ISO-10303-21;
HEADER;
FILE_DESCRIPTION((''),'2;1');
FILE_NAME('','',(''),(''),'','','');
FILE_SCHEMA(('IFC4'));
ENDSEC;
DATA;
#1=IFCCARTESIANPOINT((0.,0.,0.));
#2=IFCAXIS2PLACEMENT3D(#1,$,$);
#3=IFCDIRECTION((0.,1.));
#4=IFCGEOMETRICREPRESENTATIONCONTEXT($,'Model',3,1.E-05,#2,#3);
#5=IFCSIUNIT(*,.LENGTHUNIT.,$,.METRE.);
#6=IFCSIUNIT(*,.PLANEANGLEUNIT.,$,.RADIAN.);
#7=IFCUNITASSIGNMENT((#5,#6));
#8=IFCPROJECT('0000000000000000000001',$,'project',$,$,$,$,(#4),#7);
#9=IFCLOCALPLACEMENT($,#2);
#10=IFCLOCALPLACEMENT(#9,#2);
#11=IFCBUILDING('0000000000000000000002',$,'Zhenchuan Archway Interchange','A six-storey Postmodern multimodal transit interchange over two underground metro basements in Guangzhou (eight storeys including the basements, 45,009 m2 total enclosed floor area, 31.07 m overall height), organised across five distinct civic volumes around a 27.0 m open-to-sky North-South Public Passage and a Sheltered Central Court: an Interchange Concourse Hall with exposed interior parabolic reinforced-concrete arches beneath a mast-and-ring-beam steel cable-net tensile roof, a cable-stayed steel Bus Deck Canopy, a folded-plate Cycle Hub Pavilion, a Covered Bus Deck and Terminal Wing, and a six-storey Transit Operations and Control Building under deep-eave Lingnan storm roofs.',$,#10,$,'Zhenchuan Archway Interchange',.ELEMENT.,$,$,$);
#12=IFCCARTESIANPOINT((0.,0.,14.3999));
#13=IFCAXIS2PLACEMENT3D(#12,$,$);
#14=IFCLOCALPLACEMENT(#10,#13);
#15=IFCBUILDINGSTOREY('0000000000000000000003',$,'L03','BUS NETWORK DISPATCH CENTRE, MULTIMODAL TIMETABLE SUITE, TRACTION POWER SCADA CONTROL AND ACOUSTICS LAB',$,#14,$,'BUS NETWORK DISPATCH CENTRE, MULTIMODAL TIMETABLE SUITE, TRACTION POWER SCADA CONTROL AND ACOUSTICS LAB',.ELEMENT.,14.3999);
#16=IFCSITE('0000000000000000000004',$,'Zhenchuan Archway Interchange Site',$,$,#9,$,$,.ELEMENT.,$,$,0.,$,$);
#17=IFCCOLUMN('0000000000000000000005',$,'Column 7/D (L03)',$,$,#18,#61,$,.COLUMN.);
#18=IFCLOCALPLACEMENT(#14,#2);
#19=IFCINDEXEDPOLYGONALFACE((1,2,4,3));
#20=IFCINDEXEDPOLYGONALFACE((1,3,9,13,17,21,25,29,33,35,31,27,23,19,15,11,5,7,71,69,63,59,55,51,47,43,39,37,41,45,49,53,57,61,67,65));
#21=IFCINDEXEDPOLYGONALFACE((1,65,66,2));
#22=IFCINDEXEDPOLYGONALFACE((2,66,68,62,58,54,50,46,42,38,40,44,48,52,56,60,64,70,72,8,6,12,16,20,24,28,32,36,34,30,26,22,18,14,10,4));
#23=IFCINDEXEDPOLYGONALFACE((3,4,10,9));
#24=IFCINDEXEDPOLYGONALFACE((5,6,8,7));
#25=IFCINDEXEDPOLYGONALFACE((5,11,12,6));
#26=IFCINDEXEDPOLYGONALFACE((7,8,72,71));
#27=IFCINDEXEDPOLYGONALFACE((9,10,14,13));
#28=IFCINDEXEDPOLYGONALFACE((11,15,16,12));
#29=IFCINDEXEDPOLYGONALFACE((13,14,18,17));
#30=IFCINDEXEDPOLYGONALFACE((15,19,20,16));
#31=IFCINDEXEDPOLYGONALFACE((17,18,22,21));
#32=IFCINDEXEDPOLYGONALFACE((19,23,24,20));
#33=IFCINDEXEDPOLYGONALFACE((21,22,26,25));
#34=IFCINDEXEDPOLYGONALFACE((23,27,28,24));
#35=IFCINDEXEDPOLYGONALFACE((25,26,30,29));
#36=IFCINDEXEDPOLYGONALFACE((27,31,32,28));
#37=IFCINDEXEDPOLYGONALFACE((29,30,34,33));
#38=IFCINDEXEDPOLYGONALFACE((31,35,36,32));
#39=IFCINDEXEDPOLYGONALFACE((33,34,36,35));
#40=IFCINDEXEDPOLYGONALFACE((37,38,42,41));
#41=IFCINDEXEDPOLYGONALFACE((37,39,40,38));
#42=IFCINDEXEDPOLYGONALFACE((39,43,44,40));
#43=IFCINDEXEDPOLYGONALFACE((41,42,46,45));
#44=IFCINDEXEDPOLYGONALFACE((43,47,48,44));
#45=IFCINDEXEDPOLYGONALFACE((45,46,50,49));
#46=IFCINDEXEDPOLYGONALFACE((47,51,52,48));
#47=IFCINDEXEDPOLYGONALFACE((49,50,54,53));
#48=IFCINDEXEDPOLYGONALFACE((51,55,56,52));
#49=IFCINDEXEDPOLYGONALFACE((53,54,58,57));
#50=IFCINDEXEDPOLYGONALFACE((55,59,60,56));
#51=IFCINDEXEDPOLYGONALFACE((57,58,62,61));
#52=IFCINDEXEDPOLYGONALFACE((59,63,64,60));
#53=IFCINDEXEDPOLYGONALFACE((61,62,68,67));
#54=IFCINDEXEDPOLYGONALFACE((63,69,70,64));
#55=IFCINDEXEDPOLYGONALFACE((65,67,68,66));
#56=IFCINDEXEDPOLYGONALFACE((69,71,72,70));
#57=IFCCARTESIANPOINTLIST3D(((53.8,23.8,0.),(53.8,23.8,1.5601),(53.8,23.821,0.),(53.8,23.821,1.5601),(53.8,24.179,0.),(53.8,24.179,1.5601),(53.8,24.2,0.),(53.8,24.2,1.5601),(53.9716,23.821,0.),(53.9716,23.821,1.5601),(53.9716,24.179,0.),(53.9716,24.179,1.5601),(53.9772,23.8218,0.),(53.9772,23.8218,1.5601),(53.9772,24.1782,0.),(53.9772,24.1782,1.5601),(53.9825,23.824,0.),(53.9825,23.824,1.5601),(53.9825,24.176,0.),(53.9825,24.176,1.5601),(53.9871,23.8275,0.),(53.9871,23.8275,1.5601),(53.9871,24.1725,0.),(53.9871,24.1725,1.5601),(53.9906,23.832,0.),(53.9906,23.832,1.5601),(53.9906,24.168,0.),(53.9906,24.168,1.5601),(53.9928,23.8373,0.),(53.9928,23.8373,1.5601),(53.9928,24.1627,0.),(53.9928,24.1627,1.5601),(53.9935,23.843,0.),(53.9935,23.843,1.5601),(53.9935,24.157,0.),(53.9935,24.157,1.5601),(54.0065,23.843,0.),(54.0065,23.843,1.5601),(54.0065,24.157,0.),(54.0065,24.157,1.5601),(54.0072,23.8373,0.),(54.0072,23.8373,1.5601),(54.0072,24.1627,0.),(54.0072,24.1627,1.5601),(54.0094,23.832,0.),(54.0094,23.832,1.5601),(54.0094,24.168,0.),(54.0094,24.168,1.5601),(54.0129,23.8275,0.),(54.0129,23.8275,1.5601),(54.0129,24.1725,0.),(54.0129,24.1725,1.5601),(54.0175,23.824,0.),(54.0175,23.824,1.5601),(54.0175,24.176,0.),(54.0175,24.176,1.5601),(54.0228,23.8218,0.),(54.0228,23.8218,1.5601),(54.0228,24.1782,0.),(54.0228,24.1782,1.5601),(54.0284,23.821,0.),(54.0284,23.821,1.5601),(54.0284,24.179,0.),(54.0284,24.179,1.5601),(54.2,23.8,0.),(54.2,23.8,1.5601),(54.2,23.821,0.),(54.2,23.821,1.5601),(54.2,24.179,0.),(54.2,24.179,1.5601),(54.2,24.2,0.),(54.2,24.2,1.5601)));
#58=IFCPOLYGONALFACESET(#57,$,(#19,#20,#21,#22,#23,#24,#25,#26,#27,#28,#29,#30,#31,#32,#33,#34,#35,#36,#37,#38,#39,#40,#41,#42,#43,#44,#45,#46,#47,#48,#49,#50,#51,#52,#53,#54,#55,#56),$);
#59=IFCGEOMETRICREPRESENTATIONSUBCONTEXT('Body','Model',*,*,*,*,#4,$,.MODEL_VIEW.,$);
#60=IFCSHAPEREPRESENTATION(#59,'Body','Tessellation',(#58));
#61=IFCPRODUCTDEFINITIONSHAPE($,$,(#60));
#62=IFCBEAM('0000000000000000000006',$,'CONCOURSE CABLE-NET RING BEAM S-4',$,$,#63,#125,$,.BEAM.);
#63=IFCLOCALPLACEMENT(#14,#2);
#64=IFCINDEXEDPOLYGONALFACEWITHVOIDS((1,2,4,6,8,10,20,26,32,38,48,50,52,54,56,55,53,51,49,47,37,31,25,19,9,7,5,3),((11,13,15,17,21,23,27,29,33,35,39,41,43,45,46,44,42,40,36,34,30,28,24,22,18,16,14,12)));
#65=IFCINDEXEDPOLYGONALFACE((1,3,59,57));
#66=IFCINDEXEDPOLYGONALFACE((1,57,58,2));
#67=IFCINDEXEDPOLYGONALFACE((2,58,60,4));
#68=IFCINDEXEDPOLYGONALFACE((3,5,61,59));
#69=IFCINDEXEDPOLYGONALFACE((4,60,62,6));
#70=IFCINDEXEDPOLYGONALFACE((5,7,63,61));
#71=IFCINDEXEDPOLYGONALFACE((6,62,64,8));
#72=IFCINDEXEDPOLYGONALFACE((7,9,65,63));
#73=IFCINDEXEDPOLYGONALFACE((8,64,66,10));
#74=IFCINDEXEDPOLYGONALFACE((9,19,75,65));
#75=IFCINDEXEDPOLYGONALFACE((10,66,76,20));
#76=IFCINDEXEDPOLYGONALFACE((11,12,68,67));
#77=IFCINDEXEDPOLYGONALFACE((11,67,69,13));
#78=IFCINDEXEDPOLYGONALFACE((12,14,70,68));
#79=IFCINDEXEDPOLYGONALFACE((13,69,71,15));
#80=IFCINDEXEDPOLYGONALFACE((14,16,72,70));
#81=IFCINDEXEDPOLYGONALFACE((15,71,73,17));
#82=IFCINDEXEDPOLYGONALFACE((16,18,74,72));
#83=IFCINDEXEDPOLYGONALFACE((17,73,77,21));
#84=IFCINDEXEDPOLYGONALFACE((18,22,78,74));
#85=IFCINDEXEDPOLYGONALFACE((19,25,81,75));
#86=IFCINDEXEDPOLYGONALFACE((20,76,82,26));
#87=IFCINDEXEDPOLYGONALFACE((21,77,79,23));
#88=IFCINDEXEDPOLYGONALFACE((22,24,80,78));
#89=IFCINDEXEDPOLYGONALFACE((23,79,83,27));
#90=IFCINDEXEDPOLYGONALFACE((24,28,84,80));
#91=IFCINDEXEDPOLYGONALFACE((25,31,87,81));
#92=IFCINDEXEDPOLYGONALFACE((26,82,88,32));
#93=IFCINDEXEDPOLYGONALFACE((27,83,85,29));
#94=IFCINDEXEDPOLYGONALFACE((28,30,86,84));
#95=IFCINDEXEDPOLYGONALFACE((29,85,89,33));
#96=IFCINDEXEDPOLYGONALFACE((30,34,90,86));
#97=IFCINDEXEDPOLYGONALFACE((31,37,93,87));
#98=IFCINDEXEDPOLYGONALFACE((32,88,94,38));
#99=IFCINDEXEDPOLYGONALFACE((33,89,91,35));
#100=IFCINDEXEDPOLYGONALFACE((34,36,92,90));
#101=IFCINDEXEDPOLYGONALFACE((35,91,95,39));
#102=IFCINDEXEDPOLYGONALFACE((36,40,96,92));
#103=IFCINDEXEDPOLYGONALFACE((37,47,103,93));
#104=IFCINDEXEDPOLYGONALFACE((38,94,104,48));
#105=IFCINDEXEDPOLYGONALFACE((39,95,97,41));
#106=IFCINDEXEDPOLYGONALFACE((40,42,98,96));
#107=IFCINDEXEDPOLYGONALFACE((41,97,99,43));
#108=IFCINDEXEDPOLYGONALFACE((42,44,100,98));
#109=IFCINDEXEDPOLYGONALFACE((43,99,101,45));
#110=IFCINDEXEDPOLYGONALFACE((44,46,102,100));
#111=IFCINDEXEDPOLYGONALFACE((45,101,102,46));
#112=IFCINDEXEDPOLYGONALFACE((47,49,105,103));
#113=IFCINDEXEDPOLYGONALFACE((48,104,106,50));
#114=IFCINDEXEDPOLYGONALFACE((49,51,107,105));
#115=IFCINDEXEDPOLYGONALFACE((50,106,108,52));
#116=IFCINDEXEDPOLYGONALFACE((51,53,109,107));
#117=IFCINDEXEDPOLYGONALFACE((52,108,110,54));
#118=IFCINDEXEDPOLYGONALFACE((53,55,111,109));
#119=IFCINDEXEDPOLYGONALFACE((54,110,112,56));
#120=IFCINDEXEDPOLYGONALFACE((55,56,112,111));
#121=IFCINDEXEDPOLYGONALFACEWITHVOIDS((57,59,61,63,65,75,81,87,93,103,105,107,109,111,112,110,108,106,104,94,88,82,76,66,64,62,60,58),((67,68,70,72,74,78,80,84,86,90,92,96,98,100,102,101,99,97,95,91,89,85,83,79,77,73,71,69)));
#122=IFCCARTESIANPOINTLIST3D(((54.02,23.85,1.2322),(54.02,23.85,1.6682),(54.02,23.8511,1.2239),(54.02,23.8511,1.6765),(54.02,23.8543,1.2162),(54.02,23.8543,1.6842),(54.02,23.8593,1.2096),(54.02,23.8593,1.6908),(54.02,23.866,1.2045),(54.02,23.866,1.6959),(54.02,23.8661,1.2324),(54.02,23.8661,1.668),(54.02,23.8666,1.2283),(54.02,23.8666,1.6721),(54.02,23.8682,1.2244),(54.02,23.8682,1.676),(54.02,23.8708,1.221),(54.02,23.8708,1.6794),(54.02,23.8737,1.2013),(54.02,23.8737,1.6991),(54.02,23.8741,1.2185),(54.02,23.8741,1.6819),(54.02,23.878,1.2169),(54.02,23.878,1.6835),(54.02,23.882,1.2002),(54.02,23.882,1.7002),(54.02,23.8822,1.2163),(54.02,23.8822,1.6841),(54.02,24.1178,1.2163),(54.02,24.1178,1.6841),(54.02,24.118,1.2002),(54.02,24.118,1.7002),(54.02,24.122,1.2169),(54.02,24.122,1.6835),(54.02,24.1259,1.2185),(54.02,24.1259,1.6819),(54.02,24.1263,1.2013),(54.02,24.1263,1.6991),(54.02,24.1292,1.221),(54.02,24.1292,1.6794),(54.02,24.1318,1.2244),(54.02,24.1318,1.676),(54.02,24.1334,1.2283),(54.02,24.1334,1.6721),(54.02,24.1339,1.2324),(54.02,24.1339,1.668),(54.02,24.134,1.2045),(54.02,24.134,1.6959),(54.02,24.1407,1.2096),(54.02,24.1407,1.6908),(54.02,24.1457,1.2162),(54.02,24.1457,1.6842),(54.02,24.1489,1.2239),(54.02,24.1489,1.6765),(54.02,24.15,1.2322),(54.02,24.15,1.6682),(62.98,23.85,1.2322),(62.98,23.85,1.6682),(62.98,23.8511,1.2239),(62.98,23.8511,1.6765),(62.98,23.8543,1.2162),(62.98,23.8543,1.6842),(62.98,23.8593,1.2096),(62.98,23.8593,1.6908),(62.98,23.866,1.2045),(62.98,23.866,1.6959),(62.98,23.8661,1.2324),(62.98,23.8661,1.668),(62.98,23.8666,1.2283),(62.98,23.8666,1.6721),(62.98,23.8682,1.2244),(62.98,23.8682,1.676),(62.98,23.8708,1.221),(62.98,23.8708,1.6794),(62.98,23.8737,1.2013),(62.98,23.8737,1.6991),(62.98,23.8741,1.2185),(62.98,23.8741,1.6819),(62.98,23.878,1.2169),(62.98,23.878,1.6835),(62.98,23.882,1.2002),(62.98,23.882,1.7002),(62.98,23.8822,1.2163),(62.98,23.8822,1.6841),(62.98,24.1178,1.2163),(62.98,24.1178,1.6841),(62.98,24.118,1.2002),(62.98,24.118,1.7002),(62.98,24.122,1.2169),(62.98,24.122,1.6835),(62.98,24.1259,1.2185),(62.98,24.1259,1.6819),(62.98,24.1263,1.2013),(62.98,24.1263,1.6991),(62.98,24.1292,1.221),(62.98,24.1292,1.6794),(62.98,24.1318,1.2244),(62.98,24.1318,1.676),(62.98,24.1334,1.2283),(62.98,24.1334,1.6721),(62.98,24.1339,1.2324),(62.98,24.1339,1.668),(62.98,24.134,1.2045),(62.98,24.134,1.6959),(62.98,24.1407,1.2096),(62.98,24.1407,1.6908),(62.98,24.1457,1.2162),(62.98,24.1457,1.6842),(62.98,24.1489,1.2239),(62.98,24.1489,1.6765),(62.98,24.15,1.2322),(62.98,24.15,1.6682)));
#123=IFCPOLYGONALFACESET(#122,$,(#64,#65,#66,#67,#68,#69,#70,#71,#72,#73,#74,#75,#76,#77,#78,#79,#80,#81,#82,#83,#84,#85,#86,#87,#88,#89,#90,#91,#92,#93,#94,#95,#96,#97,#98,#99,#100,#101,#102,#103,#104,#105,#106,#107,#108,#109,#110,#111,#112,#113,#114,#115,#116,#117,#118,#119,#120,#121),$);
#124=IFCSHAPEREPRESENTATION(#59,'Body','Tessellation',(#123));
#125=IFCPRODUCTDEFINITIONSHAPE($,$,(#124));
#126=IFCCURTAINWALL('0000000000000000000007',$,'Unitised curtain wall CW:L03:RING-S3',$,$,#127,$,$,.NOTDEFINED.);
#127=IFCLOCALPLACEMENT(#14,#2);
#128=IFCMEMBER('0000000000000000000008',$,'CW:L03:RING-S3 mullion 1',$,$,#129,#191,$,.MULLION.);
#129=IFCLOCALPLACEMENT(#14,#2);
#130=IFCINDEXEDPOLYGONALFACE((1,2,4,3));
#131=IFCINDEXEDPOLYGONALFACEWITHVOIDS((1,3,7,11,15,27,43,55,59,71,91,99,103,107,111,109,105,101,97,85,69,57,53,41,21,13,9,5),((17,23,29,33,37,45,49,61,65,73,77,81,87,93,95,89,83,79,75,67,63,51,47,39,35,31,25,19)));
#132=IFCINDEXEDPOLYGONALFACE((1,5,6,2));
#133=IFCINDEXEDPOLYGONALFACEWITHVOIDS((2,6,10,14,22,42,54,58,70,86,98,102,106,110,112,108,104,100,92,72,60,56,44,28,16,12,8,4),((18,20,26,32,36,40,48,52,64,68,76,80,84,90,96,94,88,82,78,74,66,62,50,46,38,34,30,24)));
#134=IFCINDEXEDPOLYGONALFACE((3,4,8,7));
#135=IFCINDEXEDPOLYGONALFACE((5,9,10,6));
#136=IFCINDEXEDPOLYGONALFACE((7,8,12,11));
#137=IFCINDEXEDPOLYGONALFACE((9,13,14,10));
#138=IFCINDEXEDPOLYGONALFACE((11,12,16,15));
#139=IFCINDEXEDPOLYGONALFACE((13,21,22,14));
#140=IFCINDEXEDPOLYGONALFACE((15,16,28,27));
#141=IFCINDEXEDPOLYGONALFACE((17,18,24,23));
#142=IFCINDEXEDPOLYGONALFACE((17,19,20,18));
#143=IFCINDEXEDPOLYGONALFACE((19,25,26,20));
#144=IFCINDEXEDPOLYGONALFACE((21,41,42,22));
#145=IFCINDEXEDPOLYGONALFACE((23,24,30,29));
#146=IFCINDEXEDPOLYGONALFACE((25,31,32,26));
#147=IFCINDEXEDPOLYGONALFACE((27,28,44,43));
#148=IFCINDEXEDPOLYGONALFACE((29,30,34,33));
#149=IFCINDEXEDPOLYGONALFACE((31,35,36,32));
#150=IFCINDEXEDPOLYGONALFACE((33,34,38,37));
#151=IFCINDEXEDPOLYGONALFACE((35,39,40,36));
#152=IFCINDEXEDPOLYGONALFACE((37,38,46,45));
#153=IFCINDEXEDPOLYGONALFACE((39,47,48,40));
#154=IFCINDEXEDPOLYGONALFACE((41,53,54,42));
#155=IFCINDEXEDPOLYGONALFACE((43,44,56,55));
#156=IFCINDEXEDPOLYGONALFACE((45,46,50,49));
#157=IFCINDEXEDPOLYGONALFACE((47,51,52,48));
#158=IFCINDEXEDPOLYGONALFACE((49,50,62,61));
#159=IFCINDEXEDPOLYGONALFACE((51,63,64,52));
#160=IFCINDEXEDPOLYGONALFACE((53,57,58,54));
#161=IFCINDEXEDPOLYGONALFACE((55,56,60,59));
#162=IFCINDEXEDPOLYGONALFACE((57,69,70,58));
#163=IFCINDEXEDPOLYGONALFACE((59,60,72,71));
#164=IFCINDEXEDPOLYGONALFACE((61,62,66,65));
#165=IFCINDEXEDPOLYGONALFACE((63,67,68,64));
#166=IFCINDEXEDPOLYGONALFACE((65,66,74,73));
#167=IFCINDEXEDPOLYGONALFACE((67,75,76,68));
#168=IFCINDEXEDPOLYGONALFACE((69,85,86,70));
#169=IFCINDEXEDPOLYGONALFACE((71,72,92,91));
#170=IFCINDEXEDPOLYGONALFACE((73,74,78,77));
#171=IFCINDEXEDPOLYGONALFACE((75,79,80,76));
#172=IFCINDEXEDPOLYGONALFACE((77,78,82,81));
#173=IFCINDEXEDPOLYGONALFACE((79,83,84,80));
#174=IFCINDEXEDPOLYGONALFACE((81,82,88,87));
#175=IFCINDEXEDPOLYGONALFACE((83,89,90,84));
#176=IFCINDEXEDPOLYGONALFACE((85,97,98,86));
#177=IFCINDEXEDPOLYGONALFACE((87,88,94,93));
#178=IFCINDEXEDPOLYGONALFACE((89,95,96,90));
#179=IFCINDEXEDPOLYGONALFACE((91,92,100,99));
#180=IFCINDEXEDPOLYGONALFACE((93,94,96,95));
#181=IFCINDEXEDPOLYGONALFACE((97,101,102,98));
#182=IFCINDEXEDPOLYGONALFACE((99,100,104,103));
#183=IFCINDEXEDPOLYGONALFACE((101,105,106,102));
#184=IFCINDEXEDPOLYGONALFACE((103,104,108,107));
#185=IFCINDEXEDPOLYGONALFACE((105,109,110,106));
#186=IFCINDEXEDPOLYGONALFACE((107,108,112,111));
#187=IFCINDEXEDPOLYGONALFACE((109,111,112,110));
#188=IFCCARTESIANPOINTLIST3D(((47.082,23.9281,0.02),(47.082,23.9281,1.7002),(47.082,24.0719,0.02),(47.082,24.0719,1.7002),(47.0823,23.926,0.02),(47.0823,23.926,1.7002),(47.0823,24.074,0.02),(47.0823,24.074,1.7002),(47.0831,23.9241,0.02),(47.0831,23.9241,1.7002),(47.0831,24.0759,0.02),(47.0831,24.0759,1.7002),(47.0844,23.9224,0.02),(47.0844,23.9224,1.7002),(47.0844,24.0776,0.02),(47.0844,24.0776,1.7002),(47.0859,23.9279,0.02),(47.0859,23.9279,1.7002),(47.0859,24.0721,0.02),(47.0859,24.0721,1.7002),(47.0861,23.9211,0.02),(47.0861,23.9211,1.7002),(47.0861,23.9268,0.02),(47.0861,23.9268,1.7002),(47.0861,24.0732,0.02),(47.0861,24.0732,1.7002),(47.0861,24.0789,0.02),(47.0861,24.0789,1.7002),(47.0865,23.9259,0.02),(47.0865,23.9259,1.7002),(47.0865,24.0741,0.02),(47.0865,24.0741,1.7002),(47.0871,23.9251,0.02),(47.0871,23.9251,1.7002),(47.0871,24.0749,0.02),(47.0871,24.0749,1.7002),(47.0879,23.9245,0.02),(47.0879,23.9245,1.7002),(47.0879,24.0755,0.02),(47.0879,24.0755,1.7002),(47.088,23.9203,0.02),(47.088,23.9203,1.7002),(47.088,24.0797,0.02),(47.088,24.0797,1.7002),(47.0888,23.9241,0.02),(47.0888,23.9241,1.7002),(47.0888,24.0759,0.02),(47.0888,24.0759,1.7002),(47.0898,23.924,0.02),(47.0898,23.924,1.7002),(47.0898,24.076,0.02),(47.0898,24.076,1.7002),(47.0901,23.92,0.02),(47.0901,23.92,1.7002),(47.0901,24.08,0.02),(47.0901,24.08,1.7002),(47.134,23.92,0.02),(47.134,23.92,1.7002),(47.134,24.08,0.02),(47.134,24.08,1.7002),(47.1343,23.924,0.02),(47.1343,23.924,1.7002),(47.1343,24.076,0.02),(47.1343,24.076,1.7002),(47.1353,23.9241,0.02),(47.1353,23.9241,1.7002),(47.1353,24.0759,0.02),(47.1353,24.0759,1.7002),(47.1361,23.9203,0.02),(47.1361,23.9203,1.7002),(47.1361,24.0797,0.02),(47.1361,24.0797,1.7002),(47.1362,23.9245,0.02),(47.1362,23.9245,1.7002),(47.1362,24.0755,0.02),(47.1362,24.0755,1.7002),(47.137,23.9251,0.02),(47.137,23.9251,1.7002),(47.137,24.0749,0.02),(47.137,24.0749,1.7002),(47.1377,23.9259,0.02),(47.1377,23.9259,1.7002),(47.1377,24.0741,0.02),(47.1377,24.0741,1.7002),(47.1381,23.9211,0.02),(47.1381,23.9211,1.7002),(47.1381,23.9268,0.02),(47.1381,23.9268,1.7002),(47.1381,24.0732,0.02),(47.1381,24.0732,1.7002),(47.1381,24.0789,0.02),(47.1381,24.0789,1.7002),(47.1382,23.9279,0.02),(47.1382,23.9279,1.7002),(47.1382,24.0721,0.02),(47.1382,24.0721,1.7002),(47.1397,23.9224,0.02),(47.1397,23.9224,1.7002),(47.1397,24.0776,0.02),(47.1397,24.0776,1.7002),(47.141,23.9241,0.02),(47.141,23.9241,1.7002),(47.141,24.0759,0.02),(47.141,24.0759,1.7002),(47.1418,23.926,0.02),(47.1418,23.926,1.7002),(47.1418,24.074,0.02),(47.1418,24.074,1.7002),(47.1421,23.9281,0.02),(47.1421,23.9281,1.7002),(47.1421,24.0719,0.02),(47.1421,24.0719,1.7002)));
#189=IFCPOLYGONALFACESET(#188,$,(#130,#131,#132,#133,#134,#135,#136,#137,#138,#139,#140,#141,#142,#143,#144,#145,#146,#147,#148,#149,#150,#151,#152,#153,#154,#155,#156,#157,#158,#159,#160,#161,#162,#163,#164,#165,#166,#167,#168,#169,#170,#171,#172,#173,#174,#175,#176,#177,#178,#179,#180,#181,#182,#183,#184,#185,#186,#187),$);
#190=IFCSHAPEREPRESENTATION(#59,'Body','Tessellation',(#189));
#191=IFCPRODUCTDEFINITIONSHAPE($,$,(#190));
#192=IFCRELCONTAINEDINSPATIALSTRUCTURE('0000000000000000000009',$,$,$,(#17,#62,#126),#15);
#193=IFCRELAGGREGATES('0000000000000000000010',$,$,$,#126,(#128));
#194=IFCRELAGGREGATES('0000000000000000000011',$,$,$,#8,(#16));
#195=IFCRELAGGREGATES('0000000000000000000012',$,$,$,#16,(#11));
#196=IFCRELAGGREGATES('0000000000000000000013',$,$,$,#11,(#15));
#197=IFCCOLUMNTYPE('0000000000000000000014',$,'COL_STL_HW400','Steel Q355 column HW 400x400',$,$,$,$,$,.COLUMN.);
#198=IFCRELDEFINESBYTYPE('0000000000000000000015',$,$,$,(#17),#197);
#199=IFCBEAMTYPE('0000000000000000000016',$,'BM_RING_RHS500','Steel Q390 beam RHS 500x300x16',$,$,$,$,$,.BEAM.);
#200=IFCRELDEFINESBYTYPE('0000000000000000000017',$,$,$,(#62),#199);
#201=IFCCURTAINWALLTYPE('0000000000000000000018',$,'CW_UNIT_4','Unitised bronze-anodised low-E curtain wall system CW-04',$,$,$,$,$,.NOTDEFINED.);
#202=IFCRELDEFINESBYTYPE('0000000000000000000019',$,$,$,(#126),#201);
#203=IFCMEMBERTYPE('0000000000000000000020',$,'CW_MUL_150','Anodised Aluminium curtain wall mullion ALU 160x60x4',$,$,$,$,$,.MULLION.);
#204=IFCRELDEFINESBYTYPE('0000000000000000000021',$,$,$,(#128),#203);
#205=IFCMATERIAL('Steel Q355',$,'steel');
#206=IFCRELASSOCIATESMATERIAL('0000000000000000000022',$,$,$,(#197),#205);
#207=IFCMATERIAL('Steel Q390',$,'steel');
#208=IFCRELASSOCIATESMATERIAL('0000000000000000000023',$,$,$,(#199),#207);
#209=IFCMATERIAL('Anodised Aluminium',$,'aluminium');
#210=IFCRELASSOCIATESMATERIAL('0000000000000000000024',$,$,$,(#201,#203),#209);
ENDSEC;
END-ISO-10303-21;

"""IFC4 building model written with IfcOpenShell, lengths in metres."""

from ifc_helpers import new_model, si_unit, direction, frame, origin, origin_2d, place, context, subcontext, project, spatial, hollow_rectangle, i_section, extrude, material, material_profile, profile_set, type_object, element, aggregate, save


model = new_model("IFC4")

# Units and contexts
model_context = context("Model", 3, precision=1e-05, world=origin(), true_north=direction((0.0, 1.0)))
body_context = subcontext(model_context, "Body", "Model", "MODEL_VIEW")
ifc_project = project(units=[si_unit("LENGTHUNIT", "METRE"), si_unit("PLANEANGLEUNIT", "RADIAN")], contexts=[model_context])

# Site, building, storey
site_placement = place(None, origin())
site = spatial("IfcSite", under=ifc_project, at=site_placement, Name="Zhenchuan Archway Interchange Site", CompositionType="ELEMENT", RefElevation=0.0)
building_placement = place(site_placement, origin())
building = spatial("IfcBuilding", under=site, at=building_placement, Name="Zhenchuan Archway Interchange", Description="A six-storey Postmodern multimodal transit interchange over two underground metro basements in Guangzhou (eight storeys including the basements, 45,009 m2 total enclosed floor area, 31.07 m overall height), organised across five distinct civic volumes around a 27.0 m open-to-sky North-South Public Passage and a Sheltered Central Court: an Interchange Concourse Hall with exposed interior parabolic reinforced-concrete arches beneath a mast-and-ring-beam steel cable-net tensile roof, a cable-stayed steel Bus Deck Canopy, a folded-plate Cycle Hub Pavilion, a Covered Bus Deck and Terminal Wing, and a six-storey Transit Operations and Control Building under deep-eave Lingnan storm roofs.", LongName="Zhenchuan Archway Interchange", CompositionType="ELEMENT")
storey_placement = place(building_placement, frame((0.0, 0.0, 14.3999)))
storey = spatial("IfcBuildingStorey", under=building, at=storey_placement, Name="L03", Description="BUS NETWORK DISPATCH CENTRE, MULTIMODAL TIMETABLE SUITE, TRACTION POWER SCADA CONTROL AND ACOUSTICS LAB", LongName="BUS NETWORK DISPATCH CENTRE, MULTIMODAL TIMETABLE SUITE, TRACTION POWER SCADA CONTROL AND ACOUSTICS LAB", CompositionType="ELEMENT", Elevation=14.3999)

# Column
ifc_material_1 = material(Name="Steel Q355", Category="steel")
ifc_material_profile_1 = material_profile(ifc_material_1, i_section(OverallWidth=0.3999, OverallDepth=0.3999, WebThickness=0.0129, FlangeThickness=0.021, FilletRadius=0.022, at=origin_2d()), Name="HW 400x400")
ifc_profile_set_1 = profile_set([ifc_material_profile_1], Name="Steel Q355")
column_type = type_object("IfcColumnType", Name="COL_STL_HW400", Description="Steel Q355 column HW 400x400", PredefinedType="COLUMN", material=ifc_profile_set_1)
column_placement = place(storey_placement, frame((54.0, 24.0, 0.0), z_axis=(0.0, 0.0, 1.0), x_axis=(1.0, 0.0, 0.0)))
element("IfcColumn", 1, at=column_placement, inside=storey, type_object=column_type, Name="Column 7/D (L03)", PredefinedType="COLUMN", context=body_context, shape_type="SweptSolid", body=[
    extrude(i_section(OverallWidth=0.3999, OverallDepth=0.3999, WebThickness=0.0129, FlangeThickness=0.021, FilletRadius=0.022, at=origin_2d()), origin(), (0.0, 0.0, 1.0), 1.5601),
])

# Beam
ifc_material_2 = material(Name="Steel Q390", Category="steel")
ifc_material_profile_2 = material_profile(ifc_material_2, hollow_rectangle(XDim=0.3, YDim=0.5, WallThickness=0.0161, InnerFilletRadius=0.0161, OuterFilletRadius=0.032, at=origin_2d()), Name="RHS 500x300x16")
ifc_profile_set_2 = profile_set([ifc_material_profile_2], Name="Steel Q390")
beam_type = type_object("IfcBeamType", Name="BM_RING_RHS500", Description="Steel Q390 beam RHS 500x300x16", PredefinedType="BEAM", material=ifc_profile_set_2)
beam_placement = place(storey_placement, frame((54.02, 24.0, 1.4502), z_axis=(1.0, 0.0, 0.0), x_axis=(0.0, 1.0, 0.0)))
element("IfcBeam", 2, at=beam_placement, inside=storey, type_object=beam_type, Name="CONCOURSE CABLE-NET RING BEAM S-4", PredefinedType="BEAM", context=body_context, shape_type="SweptSolid", body=[
    extrude(hollow_rectangle(XDim=0.3, YDim=0.5, WallThickness=0.0161, InnerFilletRadius=0.0161, OuterFilletRadius=0.032, at=origin_2d()), origin(), (0.0, 0.0, 1.0), 8.96),
])

# Curtain wall, member
ifc_material_3 = material(Name="Anodised Aluminium", Category="aluminium")
curtain_wall_type = type_object("IfcCurtainWallType", Name="CW_UNIT_4", Description="Unitised bronze-anodised low-E curtain wall system CW-04", PredefinedType="NOTDEFINED", material=ifc_material_3)
curtain_wall_1_placement = place(storey_placement, origin())
curtain_wall_1 = element("IfcCurtainWall", 3, at=curtain_wall_1_placement, inside=storey, type_object=curtain_wall_type, Name="Unitised curtain wall CW:L03:RING-S3", PredefinedType="NOTDEFINED")
ifc_material_profile_3 = material_profile(ifc_material_3, hollow_rectangle(XDim=0.0601, YDim=0.1599, WallThickness=0.0039, InnerFilletRadius=0.0039, OuterFilletRadius=0.0081, at=origin_2d()), Name="ALU 160x60x4")
ifc_profile_set_3 = profile_set([ifc_material_profile_3], Name="Anodised Aluminium")
member_type_1 = type_object("IfcMemberType", Name="CW_MUL_150", Description="Anodised Aluminium curtain wall mullion ALU 160x60x4", PredefinedType="MULLION", material=ifc_profile_set_3)
member_1_placement = place(storey_placement, frame((47.1121, 24.0, 0.02), z_axis=(0.0, 0.0, 1.0), x_axis=(1.0, 0.0, 0.0)))
member_1 = element("IfcMember", 4, at=member_1_placement, type_object=member_type_1, Name="CW:L03:RING-S3 mullion 1", PredefinedType="MULLION", context=body_context, shape_type="SweptSolid", body=[
    extrude(hollow_rectangle(XDim=0.0601, YDim=0.1599, WallThickness=0.0039, InnerFilletRadius=0.0039, OuterFilletRadius=0.0081, at=origin_2d()), origin(), (0.0, 0.0, 1.0), 1.6802),
])

aggregate(curtain_wall_1, [member_1])

save(model, "model.ifc")
